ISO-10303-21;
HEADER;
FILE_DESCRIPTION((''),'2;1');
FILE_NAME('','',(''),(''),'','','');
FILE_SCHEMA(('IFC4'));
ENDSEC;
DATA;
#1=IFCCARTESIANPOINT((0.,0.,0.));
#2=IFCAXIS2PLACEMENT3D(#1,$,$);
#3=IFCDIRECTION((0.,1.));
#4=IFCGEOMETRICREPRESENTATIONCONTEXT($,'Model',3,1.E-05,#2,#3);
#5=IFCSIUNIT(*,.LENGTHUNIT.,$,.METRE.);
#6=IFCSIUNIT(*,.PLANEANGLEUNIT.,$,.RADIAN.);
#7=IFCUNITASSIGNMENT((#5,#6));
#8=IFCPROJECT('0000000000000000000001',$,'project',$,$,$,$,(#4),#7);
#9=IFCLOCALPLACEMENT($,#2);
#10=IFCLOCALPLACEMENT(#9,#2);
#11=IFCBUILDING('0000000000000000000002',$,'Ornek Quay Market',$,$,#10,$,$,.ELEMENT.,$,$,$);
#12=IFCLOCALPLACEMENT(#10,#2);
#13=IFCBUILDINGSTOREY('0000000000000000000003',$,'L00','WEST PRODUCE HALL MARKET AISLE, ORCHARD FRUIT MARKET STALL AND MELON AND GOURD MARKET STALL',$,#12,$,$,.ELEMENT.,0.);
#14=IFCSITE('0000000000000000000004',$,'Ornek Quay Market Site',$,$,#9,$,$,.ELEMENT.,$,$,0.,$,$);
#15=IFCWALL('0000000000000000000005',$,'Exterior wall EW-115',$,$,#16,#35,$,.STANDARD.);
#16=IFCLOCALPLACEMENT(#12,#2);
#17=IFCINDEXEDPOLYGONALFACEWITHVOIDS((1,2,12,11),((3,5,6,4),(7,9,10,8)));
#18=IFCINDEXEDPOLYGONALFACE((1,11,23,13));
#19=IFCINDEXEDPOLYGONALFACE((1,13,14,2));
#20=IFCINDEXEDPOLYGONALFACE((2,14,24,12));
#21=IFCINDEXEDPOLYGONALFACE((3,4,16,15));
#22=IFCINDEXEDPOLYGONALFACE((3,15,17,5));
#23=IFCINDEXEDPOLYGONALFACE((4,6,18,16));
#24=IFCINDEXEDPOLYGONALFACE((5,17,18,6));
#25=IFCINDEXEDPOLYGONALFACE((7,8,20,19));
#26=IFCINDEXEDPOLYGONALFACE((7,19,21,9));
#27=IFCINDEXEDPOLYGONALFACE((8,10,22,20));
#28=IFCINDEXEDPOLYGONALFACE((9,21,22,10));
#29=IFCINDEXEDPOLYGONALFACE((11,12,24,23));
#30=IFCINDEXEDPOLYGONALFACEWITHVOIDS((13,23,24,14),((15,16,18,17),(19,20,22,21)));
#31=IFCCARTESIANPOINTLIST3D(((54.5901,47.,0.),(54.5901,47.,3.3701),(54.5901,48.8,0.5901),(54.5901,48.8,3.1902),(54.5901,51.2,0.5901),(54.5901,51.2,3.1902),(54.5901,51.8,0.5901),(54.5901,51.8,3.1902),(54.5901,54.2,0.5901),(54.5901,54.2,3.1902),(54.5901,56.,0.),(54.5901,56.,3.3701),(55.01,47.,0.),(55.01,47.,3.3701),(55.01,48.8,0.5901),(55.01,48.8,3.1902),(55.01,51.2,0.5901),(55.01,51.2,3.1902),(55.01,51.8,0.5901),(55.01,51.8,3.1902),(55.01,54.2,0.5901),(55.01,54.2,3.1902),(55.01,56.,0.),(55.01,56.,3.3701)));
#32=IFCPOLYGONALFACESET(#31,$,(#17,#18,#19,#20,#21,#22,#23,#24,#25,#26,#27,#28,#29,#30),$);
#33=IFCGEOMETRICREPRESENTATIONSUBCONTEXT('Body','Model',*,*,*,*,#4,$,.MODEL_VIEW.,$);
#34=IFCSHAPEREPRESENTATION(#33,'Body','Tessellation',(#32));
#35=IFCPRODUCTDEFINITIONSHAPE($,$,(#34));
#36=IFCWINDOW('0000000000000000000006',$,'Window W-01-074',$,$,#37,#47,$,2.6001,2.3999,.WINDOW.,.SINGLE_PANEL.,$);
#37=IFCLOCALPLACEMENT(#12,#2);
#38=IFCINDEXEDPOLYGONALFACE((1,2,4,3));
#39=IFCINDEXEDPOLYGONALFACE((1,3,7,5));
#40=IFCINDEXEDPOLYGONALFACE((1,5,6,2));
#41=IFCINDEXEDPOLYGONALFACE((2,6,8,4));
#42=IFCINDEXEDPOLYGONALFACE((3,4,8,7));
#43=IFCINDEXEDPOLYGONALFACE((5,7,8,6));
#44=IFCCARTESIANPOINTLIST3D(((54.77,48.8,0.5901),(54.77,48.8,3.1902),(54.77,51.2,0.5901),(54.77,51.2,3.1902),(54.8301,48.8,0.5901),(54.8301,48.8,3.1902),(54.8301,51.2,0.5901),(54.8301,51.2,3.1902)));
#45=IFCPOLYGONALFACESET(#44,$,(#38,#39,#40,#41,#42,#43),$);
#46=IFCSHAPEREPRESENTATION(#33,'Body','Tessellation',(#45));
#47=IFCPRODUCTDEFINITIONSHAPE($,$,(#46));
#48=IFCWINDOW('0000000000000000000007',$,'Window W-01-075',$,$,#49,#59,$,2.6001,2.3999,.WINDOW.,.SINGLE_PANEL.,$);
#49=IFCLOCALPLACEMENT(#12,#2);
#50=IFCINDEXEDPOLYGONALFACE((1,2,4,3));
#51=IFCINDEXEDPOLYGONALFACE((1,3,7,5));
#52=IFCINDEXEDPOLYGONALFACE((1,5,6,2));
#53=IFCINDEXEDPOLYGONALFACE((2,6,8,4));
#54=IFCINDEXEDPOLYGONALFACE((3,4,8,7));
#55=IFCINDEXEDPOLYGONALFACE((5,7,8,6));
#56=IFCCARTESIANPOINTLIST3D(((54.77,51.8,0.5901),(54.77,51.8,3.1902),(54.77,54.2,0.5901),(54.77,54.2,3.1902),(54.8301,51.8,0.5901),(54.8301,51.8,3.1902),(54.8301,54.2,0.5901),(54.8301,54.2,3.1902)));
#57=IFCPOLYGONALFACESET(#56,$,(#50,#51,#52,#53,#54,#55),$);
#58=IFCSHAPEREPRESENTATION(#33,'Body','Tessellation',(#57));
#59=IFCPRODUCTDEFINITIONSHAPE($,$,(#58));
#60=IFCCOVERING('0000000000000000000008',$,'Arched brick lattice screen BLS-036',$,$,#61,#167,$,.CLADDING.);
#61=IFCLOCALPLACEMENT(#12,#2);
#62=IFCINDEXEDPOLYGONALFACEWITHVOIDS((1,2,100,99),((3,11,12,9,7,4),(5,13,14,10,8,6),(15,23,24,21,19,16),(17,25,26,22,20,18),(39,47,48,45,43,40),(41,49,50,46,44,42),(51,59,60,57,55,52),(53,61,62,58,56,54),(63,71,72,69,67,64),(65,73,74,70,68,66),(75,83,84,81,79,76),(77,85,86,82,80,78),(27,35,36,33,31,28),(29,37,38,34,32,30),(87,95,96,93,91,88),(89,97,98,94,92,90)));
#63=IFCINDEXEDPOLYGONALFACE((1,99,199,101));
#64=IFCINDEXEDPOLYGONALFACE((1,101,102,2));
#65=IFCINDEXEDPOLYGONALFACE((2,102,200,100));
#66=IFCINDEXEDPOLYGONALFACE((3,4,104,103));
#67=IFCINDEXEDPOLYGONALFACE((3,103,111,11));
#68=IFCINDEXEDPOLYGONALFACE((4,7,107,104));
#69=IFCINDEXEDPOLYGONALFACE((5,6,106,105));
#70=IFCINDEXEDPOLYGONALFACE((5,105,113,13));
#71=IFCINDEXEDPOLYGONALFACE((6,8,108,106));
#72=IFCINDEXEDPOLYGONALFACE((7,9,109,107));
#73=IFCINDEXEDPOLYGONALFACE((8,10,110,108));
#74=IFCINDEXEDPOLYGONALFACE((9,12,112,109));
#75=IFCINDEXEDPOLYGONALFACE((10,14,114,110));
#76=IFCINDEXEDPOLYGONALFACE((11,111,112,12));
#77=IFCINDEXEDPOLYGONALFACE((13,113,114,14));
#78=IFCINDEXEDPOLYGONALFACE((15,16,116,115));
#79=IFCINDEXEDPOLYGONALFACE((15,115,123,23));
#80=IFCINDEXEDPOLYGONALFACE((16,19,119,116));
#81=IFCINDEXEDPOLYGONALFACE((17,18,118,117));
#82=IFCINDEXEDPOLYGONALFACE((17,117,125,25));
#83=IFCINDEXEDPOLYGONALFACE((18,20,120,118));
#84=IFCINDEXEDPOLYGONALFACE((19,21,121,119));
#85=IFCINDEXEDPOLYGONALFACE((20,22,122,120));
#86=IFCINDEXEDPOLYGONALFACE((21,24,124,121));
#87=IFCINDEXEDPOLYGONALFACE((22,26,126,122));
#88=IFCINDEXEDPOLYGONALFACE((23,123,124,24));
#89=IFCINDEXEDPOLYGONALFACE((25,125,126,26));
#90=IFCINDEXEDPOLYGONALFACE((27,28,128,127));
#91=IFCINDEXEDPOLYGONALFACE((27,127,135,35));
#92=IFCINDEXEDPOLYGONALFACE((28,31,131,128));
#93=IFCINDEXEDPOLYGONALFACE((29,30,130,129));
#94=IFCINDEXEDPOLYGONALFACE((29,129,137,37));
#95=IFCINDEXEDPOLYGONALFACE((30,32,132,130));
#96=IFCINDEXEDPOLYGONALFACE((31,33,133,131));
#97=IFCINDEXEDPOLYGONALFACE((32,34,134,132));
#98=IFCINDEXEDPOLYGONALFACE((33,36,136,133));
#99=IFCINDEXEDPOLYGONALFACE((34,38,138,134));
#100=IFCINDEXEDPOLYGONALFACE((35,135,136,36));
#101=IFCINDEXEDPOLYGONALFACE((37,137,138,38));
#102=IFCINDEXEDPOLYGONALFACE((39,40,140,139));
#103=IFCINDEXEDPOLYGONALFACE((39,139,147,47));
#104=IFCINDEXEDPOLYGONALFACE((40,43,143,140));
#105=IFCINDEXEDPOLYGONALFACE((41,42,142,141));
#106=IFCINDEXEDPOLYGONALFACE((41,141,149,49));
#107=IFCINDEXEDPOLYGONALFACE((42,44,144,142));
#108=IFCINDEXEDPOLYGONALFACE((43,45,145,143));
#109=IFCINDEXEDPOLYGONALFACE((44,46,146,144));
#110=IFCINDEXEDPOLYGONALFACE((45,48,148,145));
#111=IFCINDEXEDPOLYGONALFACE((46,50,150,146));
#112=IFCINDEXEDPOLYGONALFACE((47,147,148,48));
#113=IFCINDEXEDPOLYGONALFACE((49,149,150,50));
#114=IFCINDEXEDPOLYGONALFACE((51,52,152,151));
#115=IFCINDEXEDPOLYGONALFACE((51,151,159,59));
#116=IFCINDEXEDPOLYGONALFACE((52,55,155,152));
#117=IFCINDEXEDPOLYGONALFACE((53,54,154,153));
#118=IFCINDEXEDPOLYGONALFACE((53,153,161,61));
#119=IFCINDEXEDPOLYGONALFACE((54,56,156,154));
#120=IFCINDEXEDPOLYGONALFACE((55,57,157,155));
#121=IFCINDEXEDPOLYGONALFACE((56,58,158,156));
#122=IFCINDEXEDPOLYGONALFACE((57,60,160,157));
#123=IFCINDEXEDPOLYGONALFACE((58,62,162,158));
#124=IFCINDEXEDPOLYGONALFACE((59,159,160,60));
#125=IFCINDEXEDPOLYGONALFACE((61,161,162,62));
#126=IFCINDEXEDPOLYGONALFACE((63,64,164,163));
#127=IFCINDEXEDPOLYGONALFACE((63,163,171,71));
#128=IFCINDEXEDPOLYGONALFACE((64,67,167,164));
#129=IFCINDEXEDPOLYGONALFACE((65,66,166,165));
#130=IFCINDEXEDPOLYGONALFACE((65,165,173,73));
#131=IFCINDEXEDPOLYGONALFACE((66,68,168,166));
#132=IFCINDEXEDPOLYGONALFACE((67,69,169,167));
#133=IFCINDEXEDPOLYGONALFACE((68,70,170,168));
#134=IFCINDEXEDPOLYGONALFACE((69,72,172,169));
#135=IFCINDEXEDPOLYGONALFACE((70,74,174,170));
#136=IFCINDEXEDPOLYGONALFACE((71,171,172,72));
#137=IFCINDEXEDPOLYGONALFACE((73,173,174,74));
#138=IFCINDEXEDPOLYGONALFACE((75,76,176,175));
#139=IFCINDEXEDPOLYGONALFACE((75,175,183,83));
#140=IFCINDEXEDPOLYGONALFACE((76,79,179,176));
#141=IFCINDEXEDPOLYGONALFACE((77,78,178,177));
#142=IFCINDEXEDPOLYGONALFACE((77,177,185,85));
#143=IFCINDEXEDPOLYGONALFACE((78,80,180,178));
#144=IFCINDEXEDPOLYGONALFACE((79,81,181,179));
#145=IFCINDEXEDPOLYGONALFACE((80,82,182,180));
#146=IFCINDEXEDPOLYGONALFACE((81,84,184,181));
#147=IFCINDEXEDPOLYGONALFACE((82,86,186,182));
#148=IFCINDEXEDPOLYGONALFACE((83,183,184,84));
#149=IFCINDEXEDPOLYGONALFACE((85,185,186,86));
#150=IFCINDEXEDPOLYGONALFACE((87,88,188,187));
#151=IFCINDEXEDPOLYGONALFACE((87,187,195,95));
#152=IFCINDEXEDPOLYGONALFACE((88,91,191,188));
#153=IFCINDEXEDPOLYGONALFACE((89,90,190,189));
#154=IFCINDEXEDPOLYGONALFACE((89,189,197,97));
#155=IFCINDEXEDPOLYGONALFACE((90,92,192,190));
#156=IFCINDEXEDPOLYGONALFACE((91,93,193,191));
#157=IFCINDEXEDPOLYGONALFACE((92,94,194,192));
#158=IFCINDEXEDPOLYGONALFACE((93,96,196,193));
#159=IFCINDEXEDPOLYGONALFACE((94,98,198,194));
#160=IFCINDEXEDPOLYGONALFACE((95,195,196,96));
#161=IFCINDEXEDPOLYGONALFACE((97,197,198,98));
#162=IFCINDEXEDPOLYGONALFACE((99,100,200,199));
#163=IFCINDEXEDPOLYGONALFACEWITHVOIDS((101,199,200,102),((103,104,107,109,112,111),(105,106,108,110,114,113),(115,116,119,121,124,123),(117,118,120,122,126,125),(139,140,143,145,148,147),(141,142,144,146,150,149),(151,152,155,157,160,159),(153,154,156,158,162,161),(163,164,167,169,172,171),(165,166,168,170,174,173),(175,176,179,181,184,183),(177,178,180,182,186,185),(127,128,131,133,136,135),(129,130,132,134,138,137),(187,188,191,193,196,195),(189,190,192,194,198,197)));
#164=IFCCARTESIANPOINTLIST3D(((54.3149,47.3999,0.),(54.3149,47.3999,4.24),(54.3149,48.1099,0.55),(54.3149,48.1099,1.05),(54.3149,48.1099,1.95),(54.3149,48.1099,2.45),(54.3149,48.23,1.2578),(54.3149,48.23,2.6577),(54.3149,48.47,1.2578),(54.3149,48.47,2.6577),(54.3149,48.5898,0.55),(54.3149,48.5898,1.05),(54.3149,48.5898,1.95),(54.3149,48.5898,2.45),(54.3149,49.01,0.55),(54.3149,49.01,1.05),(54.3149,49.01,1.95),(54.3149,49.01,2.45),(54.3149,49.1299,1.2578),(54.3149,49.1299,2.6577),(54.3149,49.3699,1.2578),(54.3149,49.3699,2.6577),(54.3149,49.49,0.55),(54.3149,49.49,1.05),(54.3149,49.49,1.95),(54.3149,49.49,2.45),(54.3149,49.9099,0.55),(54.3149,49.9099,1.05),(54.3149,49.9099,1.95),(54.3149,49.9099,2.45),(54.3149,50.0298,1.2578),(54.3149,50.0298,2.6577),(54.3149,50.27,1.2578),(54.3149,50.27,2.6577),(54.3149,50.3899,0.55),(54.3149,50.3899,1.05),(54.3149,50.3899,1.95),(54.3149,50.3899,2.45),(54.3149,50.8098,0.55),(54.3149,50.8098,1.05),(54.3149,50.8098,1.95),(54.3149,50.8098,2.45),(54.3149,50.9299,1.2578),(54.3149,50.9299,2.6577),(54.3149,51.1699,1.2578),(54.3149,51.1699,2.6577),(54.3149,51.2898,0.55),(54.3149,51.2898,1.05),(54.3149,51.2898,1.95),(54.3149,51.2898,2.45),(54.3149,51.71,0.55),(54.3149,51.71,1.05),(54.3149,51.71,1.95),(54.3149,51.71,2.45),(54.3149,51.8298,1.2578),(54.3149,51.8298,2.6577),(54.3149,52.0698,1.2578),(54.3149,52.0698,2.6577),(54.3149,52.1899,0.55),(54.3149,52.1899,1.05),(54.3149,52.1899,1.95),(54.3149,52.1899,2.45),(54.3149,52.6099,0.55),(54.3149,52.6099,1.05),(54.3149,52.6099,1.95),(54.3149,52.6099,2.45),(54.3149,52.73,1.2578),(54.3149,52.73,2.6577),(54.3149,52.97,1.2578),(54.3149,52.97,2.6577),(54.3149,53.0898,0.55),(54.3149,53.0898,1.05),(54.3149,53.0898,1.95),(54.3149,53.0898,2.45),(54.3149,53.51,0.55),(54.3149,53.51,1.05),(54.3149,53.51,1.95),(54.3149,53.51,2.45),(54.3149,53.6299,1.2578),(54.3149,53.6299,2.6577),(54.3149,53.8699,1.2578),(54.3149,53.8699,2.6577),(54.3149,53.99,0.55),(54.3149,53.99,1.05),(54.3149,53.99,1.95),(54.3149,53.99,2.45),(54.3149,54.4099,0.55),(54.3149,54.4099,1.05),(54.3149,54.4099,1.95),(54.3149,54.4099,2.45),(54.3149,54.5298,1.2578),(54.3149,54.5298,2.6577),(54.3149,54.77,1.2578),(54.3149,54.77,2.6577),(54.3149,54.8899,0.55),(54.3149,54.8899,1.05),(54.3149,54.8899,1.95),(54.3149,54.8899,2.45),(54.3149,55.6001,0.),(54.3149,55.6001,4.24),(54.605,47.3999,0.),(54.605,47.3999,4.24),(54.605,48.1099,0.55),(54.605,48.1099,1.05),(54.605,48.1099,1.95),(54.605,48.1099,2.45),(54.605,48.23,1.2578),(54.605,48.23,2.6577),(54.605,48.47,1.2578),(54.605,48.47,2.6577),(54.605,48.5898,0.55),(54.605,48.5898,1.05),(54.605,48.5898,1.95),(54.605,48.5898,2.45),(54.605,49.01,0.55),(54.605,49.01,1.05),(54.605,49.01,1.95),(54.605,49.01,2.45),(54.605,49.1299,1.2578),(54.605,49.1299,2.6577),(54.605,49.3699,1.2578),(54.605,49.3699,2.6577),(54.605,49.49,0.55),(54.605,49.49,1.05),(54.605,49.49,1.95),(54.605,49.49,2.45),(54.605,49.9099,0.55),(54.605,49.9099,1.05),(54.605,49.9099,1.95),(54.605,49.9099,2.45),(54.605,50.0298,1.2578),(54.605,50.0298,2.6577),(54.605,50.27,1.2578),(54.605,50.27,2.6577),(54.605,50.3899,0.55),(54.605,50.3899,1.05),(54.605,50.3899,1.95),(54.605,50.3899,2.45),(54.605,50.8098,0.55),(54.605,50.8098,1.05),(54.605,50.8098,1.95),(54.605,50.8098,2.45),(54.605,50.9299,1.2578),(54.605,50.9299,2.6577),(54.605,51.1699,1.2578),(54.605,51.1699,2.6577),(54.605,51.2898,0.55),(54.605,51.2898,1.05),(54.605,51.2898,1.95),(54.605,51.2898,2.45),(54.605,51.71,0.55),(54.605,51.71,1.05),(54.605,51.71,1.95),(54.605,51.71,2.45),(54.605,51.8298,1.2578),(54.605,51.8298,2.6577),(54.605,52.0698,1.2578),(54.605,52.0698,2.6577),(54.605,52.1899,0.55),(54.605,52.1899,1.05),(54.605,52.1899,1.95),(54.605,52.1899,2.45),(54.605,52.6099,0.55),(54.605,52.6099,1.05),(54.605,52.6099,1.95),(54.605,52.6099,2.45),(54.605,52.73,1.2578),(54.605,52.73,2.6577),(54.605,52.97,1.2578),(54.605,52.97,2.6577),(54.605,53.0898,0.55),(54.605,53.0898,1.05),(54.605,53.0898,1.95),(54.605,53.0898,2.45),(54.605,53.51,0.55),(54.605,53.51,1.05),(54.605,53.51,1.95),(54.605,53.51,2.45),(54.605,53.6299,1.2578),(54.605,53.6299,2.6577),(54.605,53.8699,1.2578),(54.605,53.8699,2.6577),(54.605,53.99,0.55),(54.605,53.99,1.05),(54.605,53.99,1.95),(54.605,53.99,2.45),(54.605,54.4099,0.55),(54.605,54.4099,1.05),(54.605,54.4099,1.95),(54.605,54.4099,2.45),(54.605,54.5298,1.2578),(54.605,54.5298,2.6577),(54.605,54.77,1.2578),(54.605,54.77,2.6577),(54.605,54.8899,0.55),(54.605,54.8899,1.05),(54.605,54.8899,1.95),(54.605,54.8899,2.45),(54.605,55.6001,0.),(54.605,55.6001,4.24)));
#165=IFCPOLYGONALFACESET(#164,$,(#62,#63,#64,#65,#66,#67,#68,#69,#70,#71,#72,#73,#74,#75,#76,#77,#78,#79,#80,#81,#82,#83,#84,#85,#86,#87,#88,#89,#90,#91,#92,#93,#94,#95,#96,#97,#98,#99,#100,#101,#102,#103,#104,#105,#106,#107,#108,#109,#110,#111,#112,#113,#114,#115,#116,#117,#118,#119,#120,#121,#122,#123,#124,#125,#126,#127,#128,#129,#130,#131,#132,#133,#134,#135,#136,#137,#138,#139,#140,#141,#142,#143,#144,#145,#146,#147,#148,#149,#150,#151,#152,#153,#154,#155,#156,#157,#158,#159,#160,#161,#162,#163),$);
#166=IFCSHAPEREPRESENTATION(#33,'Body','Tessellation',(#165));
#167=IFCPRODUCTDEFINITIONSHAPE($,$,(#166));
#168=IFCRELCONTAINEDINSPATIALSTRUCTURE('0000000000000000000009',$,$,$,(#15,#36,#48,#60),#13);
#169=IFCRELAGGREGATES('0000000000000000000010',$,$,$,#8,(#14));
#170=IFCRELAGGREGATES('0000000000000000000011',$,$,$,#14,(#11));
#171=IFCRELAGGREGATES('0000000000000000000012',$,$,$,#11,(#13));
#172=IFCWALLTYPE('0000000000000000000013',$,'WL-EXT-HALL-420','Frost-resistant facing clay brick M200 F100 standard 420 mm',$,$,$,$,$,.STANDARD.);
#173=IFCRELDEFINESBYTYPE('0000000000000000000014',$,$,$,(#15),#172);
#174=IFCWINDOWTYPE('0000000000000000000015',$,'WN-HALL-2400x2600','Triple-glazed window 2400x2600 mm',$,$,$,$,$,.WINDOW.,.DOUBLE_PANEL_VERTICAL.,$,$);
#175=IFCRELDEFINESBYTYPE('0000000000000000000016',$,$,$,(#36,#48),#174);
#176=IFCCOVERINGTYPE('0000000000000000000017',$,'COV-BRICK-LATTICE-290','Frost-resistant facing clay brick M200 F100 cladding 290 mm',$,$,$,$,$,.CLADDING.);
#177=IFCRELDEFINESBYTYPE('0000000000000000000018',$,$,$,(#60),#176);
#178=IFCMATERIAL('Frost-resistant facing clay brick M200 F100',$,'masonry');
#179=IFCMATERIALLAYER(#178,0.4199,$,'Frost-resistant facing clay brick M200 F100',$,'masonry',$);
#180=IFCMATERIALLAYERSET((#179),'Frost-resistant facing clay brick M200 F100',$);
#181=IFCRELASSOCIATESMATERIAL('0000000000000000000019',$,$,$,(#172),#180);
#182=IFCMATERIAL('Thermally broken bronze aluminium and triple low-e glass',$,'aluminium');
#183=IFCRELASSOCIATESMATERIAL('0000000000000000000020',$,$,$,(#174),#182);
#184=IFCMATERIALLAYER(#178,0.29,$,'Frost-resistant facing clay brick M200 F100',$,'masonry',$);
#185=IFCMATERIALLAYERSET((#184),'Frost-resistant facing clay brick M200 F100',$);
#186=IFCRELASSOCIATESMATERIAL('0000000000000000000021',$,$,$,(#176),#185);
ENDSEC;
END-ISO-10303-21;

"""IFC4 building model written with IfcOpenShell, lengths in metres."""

from ifc_helpers import new_model, si_unit, direction, frame, frame_2d, origin, place, context, subcontext, project, spatial, polyline, rectangle, outline, extrude, material, layer, layer_set, type_object, element, fill, save


model = new_model("IFC4")

# Units and contexts
model_context = context("Model", 3, precision=1e-05, world=origin(), true_north=direction((0.0, 1.0)))
body_context = subcontext(model_context, "Body", "Model", "MODEL_VIEW")
ifc_project = project(units=[si_unit("LENGTHUNIT", "METRE"), si_unit("PLANEANGLEUNIT", "RADIAN")], contexts=[model_context])

# Site, building, storey
site_placement = place(None, origin())
site = spatial("IfcSite", under=ifc_project, at=site_placement, Name="Ornek Quay Market Site", CompositionType="ELEMENT", RefElevation=0.0)
building_placement = place(site_placement, origin())
building = spatial("IfcBuilding", under=site, at=building_placement, Name="Ornek Quay Market", CompositionType="ELEMENT")
storey_placement = place(building_placement, origin())
storey = spatial("IfcBuildingStorey", under=building, at=storey_placement, Name="L00", Description="WEST PRODUCE HALL MARKET AISLE, ORCHARD FRUIT MARKET STALL AND MELON AND GOURD MARKET STALL", CompositionType="ELEMENT", Elevation=0.0)

# Shared definitions
ifc_material_1 = material(Name="Frost-resistant facing clay brick M200 F100", Category="masonry")
ifc_layer_1 = layer(ifc_material_1, 0.4199, Name="Frost-resistant facing clay brick M200 F100", Category="masonry")
ifc_layer_set_1 = layer_set([ifc_layer_1], Name="Frost-resistant facing clay brick M200 F100")
wall_type = type_object("IfcWallType", Name="WL-EXT-HALL-420", Description="Frost-resistant facing clay brick M200 F100 standard 420 mm", PredefinedType="STANDARD", material=ifc_layer_set_1)

# Wall, openings, windows
wall_1_placement = place(storey_placement, frame((54.8, 47.0, 0.0), z_axis=(0.0, 0.0, 1.0), x_axis=(0.0, 1.0, 0.0)))
wall_1 = element("IfcWall", 1, at=wall_1_placement, inside=storey, type_object=wall_type, Name="Exterior wall EW-115", PredefinedType="STANDARD", context=body_context, shape_type="SweptSolid", body=[
    extrude(rectangle(XDim=9.0, YDim=0.4199, at=frame_2d((4.5, 0.0))), origin(), (0.0, 0.0, 1.0), 3.3701),
])
opening_1_placement = place(wall_1_placement, frame((1.8, 0.0, 0.5901)))
opening_1 = element("IfcOpeningElement", 2, at=opening_1_placement, cuts=wall_1, PredefinedType="OPENING", context=body_context, shape_type="SweptSolid", body=[
    extrude(rectangle(XDim=2.3999, YDim=2.6001, at=frame_2d((1.2, 1.3))), frame((0.0, 0.22, 0.0), z_axis=(0.0, -1.0, 0.0), x_axis=(1.0, 0.0, 0.0)), (0.0, 0.0, 1.0), 0.4399),
])
opening_2_placement = place(wall_1_placement, frame((4.8, 0.0, 0.5901)))
opening_2 = element("IfcOpeningElement", 3, at=opening_2_placement, cuts=wall_1, PredefinedType="OPENING", context=body_context, shape_type="SweptSolid", body=[
    extrude(rectangle(XDim=2.3999, YDim=2.6001, at=frame_2d((1.2, 1.3))), frame((0.0, 0.22, 0.0), z_axis=(0.0, -1.0, 0.0), x_axis=(1.0, 0.0, 0.0)), (0.0, 0.0, 1.0), 0.4399),
])
ifc_material_2 = material(Name="Thermally broken bronze aluminium and triple low-e glass", Category="aluminium")
window_type = type_object("IfcWindowType", Name="WN-HALL-2400x2600", Description="Triple-glazed window 2400x2600 mm", PartitioningType="DOUBLE_PANEL_VERTICAL", PredefinedType="WINDOW", material=ifc_material_2)
window_1_placement = place(opening_1_placement, origin())
window_1 = element("IfcWindow", 4, at=window_1_placement, inside=storey, type_object=window_type, Name="Window W-01-074", OverallHeight=2.6001, OverallWidth=2.3999, PartitioningType="SINGLE_PANEL", PredefinedType="WINDOW", context=body_context, shape_type="SweptSolid", body=[
    extrude(rectangle(XDim=2.3999, YDim=2.6001, at=frame_2d((1.2, 1.3))), frame((0.0, 0.03, 0.0), z_axis=(0.0, -1.0, 0.0), x_axis=(1.0, 0.0, 0.0)), (0.0, 0.0, 1.0), 0.0601),
])
fill(opening_1, window_1)
window_2_placement = place(opening_2_placement, origin())
window_2 = element("IfcWindow", 5, at=window_2_placement, inside=storey, type_object=window_type, Name="Window W-01-075", OverallHeight=2.6001, OverallWidth=2.3999, PartitioningType="SINGLE_PANEL", PredefinedType="WINDOW", context=body_context, shape_type="SweptSolid", body=[
    extrude(rectangle(XDim=2.3999, YDim=2.6001, at=frame_2d((1.2, 1.3))), frame((0.0, 0.03, 0.0), z_axis=(0.0, -1.0, 0.0), x_axis=(1.0, 0.0, 0.0)), (0.0, 0.0, 1.0), 0.0601),
])
fill(opening_2, window_2)

# Covering
ifc_layer_2 = layer(ifc_material_1, 0.29, Name="Frost-resistant facing clay brick M200 F100", Category="masonry")
ifc_layer_set_2 = layer_set([ifc_layer_2], Name="Frost-resistant facing clay brick M200 F100")
covering_type = type_object("IfcCoveringType", Name="COV-BRICK-LATTICE-290", Description="Frost-resistant facing clay brick M200 F100 cladding 290 mm", PredefinedType="CLADDING", material=ifc_layer_set_2)
covering_placement = place(storey_placement, frame((54.46, 47.3999, 0.0), z_axis=(0.0, 0.0, 1.0), x_axis=(0.0, 1.0, 0.0)))
element("IfcCovering", 6, at=covering_placement, inside=storey, type_object=covering_type, Name="Arched brick lattice screen BLS-036", PredefinedType="CLADDING", context=body_context, shape_type="SweptSolid", body=[
    extrude(outline(polyline([(0.0, 0.0), (8.2002, 0.0), (8.2002, 4.24), (0.0, 4.24), (0.0, 0.0)]), holes=[polyline([(0.71, 0.55), (1.1899, 0.55), (1.1899, 1.05), (1.0701, 1.2578), (0.8301, 1.2578), (0.71, 1.05), (0.71, 0.55)]), polyline([(0.71, 1.95), (1.1899, 1.95), (1.1899, 2.45), (1.0701, 2.6577), (0.8301, 2.6577), (0.71, 2.45), (0.71, 1.95)]), polyline([(1.6101, 0.55), (2.0901, 0.55), (2.0901, 1.05), (1.97, 1.2578), (1.73, 1.2578), (1.6101, 1.05), (1.6101, 0.55)]), polyline([(1.6101, 1.95), (2.0901, 1.95), (2.0901, 2.45), (1.97, 2.6577), (1.73, 2.6577), (1.6101, 2.45), (1.6101, 1.95)]), polyline([(2.51, 0.55), (2.99, 0.55), (2.99, 1.05), (2.8701, 1.2578), (2.6299, 1.2578), (2.51, 1.05), (2.51, 0.55)]), polyline([(2.51, 1.95), (2.99, 1.95), (2.99, 2.45), (2.8701, 2.6577), (2.6299, 2.6577), (2.51, 2.45), (2.51, 1.95)]), polyline([(3.4099, 0.55), (3.8899, 0.55), (3.8899, 1.05), (3.77, 1.2578), (3.53, 1.2578), (3.4099, 1.05), (3.4099, 0.55)]), polyline([(3.4099, 1.95), (3.8899, 1.95), (3.8899, 2.45), (3.77, 2.6577), (3.53, 2.6577), (3.4099, 2.45), (3.4099, 1.95)]), polyline([(4.3101, 0.55), (4.79, 0.55), (4.79, 1.05), (4.6699, 1.2578), (4.4299, 1.2578), (4.3101, 1.05), (4.3101, 0.55)]), polyline([(4.3101, 1.95), (4.79, 1.95), (4.79, 2.45), (4.6699, 2.6577), (4.4299, 2.6577), (4.3101, 2.45), (4.3101, 1.95)]), polyline([(5.21, 0.55), (5.6899, 0.55), (5.6899, 1.05), (5.5701, 1.2578), (5.3301, 1.2578), (5.21, 1.05), (5.21, 0.55)]), polyline([(5.21, 1.95), (5.6899, 1.95), (5.6899, 2.45), (5.5701, 2.6577), (5.3301, 2.6577), (5.21, 2.45), (5.21, 1.95)]), polyline([(6.1101, 0.55), (6.5901, 0.55), (6.5901, 1.05), (6.47, 1.2578), (6.23, 1.2578), (6.1101, 1.05), (6.1101, 0.55)]), polyline([(6.1101, 1.95), (6.5901, 1.95), (6.5901, 2.45), (6.47, 2.6577), (6.23, 2.6577), (6.1101, 2.45), (6.1101, 1.95)]), polyline([(7.01, 0.55), (7.49, 0.55), (7.49, 1.05), (7.3701, 1.2578), (7.1299, 1.2578), (7.01, 1.05), (7.01, 0.55)]), polyline([(7.01, 1.95), (7.49, 1.95), (7.49, 2.45), (7.3701, 2.6577), (7.1299, 2.6577), (7.01, 2.45), (7.01, 1.95)])]), frame((0.0, 0.145, 0.0), z_axis=(0.0, -1.0, 0.0), x_axis=(1.0, 0.0, 0.0)), (0.0, 0.0, 1.0), 0.29),
])

save(model, "model.ifc")
